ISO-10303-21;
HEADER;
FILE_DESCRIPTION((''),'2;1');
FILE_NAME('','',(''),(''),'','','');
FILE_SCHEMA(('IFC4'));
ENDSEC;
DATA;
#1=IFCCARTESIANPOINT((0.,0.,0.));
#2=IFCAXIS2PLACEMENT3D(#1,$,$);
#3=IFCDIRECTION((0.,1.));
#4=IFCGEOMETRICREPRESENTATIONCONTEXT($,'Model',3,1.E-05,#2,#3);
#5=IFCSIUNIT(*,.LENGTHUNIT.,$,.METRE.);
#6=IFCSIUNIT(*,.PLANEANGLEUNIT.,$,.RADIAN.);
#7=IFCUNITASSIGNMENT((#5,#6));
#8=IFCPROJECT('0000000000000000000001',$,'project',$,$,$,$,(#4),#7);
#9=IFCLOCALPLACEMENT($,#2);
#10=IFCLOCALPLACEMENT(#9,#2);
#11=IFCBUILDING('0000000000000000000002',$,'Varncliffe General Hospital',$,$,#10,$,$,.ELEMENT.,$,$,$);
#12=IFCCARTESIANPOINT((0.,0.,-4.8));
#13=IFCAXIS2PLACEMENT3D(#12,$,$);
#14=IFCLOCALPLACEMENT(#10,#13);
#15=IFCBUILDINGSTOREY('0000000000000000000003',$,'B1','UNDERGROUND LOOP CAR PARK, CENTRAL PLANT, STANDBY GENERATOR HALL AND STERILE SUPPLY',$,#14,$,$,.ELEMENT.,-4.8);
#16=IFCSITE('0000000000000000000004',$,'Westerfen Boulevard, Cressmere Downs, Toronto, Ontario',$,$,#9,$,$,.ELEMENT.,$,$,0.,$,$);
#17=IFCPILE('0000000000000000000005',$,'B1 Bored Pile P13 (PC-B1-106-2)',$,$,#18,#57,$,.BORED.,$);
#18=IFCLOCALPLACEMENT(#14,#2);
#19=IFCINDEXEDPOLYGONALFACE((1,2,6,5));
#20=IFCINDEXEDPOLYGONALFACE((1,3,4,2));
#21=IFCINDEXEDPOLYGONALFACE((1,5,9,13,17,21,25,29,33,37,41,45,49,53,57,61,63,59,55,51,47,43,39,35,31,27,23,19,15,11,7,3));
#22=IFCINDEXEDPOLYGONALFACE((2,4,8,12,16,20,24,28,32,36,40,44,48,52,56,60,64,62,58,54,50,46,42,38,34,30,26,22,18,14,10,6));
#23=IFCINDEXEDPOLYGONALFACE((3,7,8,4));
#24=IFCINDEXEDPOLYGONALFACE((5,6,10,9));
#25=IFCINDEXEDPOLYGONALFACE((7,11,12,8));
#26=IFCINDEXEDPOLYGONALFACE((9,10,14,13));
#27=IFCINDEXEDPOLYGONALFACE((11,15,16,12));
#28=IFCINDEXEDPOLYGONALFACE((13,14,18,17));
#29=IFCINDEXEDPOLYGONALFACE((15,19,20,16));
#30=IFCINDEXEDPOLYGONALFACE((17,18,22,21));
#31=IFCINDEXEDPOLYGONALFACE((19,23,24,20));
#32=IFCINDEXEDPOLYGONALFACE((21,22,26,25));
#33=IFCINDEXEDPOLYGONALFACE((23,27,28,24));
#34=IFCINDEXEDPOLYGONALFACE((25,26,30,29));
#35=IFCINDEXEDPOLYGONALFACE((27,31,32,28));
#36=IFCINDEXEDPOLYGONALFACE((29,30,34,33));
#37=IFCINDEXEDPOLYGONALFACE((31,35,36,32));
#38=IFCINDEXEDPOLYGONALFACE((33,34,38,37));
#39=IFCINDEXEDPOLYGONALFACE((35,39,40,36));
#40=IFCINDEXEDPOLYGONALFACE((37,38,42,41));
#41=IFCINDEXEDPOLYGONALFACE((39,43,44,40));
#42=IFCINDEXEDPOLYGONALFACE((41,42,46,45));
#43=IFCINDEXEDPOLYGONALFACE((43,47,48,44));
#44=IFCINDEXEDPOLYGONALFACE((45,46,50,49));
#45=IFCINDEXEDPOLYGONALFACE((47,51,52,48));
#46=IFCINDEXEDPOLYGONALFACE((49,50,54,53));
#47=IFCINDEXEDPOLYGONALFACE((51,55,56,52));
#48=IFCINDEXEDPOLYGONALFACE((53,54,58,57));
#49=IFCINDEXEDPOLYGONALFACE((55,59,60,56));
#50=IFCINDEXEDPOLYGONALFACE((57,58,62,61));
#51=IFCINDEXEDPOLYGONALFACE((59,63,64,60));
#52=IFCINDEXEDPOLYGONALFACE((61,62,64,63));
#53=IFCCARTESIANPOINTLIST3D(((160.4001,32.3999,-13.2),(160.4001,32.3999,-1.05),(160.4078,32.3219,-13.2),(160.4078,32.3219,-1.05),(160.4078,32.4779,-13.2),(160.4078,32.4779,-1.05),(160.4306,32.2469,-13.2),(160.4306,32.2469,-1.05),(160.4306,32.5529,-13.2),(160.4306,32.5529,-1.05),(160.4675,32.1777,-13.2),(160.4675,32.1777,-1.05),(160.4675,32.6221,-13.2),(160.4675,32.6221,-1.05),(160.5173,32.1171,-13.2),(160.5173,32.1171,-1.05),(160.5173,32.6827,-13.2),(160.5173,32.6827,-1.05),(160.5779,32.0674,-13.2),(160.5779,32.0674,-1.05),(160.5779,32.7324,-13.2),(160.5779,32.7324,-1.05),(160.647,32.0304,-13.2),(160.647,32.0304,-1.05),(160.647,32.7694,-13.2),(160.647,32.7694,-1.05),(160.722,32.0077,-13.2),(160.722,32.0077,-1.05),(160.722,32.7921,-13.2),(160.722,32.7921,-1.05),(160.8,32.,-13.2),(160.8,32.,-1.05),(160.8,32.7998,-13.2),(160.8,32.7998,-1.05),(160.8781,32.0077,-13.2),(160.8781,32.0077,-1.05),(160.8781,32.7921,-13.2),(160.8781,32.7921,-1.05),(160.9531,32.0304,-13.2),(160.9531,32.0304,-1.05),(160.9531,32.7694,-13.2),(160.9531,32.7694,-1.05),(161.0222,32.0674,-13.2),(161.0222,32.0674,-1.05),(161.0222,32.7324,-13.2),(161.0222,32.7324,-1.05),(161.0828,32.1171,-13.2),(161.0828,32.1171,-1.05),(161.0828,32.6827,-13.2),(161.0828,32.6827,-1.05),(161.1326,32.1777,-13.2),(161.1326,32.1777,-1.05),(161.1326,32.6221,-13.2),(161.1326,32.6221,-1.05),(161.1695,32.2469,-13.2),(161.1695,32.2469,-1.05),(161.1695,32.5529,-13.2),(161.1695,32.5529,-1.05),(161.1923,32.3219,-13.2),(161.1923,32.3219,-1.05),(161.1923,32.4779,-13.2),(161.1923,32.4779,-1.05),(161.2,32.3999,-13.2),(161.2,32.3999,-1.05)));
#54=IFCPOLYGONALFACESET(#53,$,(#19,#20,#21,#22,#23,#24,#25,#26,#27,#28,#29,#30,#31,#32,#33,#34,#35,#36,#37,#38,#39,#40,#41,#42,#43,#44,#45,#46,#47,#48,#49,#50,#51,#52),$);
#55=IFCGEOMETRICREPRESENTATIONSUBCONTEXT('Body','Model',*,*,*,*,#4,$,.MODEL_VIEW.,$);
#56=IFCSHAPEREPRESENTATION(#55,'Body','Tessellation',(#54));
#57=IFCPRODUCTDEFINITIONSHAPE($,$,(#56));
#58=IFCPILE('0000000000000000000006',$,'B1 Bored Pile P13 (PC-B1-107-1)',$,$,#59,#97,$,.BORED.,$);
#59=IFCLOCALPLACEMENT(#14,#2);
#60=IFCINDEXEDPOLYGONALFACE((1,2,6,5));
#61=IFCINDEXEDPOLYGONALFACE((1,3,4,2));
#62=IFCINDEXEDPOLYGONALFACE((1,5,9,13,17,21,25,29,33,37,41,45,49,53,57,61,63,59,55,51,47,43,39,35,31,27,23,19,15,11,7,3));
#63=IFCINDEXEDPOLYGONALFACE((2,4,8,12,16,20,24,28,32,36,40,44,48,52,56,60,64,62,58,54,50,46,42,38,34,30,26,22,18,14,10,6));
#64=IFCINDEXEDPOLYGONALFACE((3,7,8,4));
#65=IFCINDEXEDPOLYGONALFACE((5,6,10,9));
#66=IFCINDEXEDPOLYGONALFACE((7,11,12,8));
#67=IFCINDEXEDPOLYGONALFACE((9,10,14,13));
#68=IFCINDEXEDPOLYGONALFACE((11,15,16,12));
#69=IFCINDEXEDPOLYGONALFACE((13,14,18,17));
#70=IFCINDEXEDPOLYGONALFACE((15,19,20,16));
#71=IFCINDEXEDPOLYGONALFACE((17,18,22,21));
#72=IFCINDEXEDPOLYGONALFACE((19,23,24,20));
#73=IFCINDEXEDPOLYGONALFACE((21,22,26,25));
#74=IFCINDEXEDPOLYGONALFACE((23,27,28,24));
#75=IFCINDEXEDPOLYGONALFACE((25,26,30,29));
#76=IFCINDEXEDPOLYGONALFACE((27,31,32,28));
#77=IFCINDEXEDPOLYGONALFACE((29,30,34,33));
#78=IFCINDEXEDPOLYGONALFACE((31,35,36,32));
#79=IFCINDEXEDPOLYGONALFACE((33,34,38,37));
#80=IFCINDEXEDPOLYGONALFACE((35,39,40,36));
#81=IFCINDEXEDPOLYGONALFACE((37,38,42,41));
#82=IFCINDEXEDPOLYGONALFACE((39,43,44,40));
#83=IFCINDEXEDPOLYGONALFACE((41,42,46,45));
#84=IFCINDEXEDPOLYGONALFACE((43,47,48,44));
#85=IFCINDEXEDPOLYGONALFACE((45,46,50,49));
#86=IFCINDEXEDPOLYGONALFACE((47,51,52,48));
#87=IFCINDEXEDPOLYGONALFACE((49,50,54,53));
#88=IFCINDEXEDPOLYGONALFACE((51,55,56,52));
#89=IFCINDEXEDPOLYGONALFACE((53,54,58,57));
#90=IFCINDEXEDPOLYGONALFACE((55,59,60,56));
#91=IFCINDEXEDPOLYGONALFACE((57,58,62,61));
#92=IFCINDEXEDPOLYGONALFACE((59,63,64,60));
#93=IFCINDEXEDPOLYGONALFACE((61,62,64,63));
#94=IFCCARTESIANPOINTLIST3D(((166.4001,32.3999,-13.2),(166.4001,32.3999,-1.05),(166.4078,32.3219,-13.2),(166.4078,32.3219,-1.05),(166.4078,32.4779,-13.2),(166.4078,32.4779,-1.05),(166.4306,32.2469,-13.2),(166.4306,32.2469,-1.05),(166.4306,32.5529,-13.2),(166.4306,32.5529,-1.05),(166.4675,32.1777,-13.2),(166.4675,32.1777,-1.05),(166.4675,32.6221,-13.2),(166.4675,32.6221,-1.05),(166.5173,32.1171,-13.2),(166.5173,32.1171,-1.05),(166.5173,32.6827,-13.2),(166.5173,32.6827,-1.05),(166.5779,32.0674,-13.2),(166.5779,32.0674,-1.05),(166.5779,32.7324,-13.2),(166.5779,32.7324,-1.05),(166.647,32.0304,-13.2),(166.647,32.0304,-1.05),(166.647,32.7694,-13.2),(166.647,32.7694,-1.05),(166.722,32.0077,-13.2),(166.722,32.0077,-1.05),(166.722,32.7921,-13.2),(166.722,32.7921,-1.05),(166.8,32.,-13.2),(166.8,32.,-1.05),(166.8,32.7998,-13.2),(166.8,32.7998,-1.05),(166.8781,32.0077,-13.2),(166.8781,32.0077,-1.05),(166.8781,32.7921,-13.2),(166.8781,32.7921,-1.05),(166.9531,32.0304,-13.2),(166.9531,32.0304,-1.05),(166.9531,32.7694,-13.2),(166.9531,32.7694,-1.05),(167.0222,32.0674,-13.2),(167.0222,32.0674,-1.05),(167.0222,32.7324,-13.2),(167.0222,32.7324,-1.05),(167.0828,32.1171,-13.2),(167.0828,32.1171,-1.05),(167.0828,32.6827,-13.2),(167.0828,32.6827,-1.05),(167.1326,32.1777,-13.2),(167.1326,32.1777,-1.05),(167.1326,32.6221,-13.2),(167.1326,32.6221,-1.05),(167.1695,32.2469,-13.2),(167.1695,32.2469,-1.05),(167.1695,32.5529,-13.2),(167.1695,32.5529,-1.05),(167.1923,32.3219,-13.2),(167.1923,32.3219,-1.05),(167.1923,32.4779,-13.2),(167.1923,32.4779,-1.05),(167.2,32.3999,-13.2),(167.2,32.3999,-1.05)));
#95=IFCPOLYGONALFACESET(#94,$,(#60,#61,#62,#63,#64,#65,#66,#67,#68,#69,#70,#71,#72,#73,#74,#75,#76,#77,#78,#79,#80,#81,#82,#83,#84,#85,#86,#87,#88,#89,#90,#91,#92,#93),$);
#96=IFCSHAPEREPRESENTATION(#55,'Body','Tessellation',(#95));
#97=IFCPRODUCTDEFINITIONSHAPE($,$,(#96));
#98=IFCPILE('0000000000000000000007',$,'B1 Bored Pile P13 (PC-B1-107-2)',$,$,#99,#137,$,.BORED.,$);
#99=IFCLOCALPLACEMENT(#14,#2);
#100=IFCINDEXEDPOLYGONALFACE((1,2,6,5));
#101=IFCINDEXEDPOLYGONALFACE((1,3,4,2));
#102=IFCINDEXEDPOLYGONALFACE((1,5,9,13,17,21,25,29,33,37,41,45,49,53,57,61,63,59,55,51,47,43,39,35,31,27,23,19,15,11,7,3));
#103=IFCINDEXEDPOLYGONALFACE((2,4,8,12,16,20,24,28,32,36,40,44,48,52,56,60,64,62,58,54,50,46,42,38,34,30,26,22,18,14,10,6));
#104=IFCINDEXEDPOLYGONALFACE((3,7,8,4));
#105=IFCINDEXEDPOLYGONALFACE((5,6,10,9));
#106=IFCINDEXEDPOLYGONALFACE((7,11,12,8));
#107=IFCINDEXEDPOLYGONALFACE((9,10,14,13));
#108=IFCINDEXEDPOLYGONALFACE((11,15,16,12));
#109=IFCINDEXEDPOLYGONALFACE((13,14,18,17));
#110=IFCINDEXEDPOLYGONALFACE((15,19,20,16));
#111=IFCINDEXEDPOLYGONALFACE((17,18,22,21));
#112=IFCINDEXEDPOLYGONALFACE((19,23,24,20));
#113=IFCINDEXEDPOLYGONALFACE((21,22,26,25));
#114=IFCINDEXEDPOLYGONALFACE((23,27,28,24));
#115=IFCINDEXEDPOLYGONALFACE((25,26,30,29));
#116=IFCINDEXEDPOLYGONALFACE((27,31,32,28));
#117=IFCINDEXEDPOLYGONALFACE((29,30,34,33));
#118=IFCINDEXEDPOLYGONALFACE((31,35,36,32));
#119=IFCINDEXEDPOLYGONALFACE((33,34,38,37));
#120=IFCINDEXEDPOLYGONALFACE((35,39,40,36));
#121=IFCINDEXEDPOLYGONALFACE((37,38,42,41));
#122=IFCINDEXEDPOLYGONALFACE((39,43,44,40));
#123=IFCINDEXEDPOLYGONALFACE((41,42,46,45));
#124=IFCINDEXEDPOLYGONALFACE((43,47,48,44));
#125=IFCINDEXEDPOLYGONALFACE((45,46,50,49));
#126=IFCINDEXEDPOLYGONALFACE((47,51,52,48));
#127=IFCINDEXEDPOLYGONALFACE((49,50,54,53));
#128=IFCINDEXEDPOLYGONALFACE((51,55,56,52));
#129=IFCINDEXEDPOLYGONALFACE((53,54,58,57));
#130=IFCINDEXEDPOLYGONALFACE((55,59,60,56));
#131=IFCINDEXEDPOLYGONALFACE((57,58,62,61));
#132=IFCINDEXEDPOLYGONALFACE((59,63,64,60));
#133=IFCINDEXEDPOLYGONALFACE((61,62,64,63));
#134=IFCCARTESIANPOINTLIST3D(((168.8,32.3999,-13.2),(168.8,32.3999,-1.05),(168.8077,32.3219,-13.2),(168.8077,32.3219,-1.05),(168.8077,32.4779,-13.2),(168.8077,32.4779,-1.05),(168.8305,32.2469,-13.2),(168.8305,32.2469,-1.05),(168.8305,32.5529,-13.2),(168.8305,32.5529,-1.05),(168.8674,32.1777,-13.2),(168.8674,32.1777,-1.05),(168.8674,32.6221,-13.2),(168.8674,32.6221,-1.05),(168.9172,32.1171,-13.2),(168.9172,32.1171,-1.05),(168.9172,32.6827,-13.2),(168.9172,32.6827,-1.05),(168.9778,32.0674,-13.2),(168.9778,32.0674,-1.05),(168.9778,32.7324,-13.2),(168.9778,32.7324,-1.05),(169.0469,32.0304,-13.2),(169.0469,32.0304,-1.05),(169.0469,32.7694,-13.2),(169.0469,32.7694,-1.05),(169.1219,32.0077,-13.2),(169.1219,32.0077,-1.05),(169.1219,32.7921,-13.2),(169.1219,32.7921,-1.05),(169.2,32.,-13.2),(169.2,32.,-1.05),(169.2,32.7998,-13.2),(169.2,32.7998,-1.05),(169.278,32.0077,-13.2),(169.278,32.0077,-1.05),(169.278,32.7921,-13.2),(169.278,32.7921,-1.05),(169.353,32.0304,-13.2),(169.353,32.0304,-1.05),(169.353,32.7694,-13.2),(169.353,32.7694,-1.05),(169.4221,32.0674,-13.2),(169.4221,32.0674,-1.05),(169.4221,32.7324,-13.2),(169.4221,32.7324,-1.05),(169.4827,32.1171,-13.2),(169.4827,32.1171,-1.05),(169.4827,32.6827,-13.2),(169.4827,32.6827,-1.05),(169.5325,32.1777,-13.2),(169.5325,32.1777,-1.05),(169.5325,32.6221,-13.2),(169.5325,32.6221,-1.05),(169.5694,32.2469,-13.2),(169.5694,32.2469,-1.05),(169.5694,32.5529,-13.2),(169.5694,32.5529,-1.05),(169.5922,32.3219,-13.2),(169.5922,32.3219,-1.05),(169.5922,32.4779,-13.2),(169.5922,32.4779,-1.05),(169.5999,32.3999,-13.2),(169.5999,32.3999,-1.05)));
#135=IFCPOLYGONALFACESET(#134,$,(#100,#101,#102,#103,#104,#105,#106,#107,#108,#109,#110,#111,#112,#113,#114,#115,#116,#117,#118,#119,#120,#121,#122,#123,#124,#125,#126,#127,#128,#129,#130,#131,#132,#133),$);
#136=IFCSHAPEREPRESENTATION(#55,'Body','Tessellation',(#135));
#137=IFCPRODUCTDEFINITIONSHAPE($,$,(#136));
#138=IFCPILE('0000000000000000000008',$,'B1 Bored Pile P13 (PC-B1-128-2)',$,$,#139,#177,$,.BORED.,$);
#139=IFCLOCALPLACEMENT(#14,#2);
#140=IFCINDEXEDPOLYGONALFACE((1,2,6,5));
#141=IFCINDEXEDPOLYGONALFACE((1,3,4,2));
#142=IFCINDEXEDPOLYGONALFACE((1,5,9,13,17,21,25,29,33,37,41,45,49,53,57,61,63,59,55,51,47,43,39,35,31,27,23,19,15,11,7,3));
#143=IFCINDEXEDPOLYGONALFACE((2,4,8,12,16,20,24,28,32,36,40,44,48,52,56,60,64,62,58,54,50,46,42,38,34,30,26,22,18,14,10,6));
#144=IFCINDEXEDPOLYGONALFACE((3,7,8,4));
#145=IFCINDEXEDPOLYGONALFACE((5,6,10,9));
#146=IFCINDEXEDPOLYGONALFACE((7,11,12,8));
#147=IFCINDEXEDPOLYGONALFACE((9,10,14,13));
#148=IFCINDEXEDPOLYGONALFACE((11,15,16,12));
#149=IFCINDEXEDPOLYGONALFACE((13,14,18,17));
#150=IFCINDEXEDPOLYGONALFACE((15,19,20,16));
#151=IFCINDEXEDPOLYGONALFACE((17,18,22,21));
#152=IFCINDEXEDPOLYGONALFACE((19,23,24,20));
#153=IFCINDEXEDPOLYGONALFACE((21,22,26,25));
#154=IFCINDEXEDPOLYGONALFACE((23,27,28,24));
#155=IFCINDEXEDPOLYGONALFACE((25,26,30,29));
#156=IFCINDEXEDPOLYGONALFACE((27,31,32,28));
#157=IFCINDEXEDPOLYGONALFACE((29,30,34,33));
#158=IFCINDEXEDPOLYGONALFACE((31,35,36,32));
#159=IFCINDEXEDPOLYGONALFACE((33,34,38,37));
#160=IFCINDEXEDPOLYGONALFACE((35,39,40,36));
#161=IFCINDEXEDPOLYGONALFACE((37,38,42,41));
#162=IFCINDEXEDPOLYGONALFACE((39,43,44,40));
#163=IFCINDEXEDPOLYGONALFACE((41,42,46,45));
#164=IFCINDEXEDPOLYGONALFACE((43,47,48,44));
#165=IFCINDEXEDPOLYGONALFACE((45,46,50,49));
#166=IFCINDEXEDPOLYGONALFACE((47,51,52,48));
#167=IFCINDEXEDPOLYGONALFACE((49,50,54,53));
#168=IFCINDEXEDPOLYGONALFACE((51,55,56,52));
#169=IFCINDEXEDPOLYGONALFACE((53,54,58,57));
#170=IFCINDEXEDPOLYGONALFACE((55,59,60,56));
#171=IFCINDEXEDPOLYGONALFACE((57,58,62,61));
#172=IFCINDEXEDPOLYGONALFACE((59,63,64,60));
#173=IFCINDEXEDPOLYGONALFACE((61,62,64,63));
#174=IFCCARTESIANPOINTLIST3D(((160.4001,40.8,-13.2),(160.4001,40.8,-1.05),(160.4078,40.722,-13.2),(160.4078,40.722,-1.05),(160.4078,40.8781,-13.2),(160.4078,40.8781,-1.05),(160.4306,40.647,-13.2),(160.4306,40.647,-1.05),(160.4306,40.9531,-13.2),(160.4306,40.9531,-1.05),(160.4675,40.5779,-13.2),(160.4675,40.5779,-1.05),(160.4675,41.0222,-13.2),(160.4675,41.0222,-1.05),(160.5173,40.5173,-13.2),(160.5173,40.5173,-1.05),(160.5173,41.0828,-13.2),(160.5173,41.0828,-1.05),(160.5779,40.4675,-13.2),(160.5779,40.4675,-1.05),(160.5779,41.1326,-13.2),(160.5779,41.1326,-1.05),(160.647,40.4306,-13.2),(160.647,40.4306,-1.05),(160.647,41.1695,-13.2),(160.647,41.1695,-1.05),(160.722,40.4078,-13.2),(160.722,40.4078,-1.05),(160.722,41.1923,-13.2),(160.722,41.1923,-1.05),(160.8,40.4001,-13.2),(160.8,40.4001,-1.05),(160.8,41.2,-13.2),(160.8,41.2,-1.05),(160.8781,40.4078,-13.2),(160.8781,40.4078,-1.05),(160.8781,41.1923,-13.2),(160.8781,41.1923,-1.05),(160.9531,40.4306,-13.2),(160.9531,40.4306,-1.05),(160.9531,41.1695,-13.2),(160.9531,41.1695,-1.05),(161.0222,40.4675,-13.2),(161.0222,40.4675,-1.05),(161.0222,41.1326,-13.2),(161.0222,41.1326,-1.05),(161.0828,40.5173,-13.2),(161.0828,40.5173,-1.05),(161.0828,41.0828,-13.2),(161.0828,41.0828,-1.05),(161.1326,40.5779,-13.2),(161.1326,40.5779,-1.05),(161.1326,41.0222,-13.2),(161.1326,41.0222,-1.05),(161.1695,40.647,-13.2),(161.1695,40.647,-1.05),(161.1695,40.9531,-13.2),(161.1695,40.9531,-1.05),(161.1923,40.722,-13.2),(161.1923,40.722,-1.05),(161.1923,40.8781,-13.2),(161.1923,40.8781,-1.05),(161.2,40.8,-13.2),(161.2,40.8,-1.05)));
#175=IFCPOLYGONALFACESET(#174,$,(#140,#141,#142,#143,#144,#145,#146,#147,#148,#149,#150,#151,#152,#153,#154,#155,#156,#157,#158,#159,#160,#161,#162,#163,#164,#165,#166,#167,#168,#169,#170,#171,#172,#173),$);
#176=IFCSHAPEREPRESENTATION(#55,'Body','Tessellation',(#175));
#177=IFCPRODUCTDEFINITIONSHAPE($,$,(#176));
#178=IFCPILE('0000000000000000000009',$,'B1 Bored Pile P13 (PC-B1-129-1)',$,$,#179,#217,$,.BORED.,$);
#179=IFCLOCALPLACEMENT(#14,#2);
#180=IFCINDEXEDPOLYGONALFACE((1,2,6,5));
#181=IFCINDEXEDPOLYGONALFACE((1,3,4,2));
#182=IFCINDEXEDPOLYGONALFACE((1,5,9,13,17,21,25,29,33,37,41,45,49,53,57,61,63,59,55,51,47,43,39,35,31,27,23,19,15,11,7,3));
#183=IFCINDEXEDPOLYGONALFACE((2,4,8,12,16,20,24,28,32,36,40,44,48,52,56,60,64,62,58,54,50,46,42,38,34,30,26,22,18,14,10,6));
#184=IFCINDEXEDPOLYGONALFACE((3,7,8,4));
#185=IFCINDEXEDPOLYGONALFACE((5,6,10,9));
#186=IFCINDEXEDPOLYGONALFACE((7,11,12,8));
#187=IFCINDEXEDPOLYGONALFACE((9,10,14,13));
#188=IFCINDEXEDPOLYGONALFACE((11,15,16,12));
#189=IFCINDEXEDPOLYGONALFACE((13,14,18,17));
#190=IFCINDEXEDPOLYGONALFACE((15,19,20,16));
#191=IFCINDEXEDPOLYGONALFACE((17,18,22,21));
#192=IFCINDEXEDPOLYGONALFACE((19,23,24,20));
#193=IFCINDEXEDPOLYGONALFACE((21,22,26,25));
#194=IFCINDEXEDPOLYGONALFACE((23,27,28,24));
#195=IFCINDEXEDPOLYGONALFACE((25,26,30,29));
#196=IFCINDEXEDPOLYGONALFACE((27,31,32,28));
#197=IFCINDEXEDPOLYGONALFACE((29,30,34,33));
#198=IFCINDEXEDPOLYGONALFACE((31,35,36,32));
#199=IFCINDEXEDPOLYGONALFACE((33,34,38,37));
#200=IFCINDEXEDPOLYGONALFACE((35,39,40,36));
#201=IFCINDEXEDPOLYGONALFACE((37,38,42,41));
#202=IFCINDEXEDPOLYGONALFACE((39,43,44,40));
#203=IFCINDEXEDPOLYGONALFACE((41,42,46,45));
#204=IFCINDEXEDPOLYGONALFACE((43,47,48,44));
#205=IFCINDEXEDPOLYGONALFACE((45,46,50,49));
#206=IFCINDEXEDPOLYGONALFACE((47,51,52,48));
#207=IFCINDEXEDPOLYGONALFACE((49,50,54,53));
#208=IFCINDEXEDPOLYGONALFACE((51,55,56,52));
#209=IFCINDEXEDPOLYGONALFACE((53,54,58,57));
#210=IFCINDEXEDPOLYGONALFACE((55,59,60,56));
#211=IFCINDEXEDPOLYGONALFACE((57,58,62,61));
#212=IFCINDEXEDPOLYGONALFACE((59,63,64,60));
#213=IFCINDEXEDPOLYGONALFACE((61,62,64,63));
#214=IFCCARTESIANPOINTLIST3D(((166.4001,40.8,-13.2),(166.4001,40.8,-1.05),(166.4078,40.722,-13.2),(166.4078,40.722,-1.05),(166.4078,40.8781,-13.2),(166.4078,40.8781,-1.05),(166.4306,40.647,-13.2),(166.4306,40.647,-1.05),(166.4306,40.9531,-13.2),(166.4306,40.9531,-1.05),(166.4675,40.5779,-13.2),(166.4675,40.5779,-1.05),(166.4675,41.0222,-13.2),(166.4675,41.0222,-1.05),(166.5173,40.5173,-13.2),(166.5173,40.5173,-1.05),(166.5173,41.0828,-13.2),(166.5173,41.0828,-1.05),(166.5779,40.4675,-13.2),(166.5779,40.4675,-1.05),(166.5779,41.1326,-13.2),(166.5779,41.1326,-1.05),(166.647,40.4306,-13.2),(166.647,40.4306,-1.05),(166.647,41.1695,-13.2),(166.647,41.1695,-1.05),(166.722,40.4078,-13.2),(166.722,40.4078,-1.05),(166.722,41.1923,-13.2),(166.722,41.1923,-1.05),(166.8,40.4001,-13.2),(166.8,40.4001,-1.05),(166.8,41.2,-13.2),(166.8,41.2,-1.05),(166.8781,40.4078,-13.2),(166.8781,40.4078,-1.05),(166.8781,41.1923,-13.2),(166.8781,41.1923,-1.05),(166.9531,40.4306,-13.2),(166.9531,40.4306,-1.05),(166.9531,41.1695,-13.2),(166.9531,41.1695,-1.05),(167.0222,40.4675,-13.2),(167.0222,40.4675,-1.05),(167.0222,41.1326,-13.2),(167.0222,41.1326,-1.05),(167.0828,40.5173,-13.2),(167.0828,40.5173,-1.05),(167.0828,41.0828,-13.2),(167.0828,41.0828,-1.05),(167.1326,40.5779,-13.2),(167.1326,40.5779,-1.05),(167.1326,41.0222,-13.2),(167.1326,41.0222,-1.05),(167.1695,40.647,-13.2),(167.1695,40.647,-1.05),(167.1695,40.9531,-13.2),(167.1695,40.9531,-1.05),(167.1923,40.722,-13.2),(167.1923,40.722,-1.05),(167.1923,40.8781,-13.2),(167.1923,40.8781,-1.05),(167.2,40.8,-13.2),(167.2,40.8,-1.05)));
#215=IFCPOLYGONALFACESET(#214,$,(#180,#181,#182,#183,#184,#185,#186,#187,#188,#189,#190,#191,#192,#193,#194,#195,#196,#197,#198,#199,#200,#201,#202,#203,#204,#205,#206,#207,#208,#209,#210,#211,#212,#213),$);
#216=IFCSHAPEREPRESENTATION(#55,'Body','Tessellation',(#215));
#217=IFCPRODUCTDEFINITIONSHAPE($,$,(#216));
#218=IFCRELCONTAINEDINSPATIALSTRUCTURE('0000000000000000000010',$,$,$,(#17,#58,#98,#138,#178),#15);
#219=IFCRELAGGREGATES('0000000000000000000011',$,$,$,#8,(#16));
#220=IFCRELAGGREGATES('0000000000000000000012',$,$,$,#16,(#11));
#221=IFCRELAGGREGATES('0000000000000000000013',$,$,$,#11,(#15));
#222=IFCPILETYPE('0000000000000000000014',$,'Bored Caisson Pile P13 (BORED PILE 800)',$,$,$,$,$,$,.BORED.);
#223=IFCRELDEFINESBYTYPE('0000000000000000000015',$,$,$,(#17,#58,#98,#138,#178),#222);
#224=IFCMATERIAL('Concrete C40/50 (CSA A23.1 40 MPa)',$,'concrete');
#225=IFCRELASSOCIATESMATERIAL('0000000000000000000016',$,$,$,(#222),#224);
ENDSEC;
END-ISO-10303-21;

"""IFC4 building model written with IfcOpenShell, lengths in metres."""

from ifc_helpers import new_model, si_unit, direction, frame, origin, origin_2d, place, context, subcontext, project, spatial, circle, extrude, material, material_profile, profile_set, type_object, element, save


model = new_model("IFC4")

# Units and contexts
model_context = context("Model", 3, precision=1e-05, world=origin(), true_north=direction((0.0, 1.0)))
body_context = subcontext(model_context, "Body", "Model", "MODEL_VIEW")
ifc_project = project(units=[si_unit("LENGTHUNIT", "METRE"), si_unit("PLANEANGLEUNIT", "RADIAN")], contexts=[model_context])

# Site, building, storey
site_placement = place(None, origin())
site = spatial("IfcSite", under=ifc_project, at=site_placement, Name="Westerfen Boulevard, Cressmere Downs, Toronto, Ontario", CompositionType="ELEMENT", RefElevation=0.0)
building_placement = place(site_placement, origin())
building = spatial("IfcBuilding", under=site, at=building_placement, Name="Varncliffe General Hospital", CompositionType="ELEMENT")
storey_placement = place(building_placement, frame((0.0, 0.0, -4.8)))
storey = spatial("IfcBuildingStorey", under=building, at=storey_placement, Name="B1", Description="UNDERGROUND LOOP CAR PARK, CENTRAL PLANT, STANDBY GENERATOR HALL AND STERILE SUPPLY", CompositionType="ELEMENT", Elevation=-4.8)

# Piles
ifc_material_1 = material(Name="Concrete C40/50 (CSA A23.1 40 MPa)", Category="concrete")
ifc_material_profile_1 = material_profile(ifc_material_1, circle(Radius=0.3999, at=origin_2d()), Name="BORED PILE 800")
ifc_profile_set_1 = profile_set([ifc_material_profile_1], Name="Concrete C40/50 (CSA A23.1 40 MPa)")
pile_type = type_object("IfcPileType", Name="Bored Caisson Pile P13 (BORED PILE 800)", PredefinedType="BORED", material=ifc_profile_set_1)
for number, where, z_axis, x_axis, name in (
    (1, (160.8, 32.3999, -1.05), (0.0, 0.0, -1.0), (1.0, 0.0, 0.0), "B1 Bored Pile P13 (PC-B1-106-2)"),
    (2, (166.8, 32.3999, -1.05), (0.0, 0.0, -1.0), (1.0, 0.0, 0.0), "B1 Bored Pile P13 (PC-B1-107-1)"),
    (3, (169.2, 32.3999, -1.05), (0.0, 0.0, -1.0), (1.0, 0.0, 0.0), "B1 Bored Pile P13 (PC-B1-107-2)"),
    (4, (160.8, 40.8, -1.05), (0.0, 0.0, -1.0), (1.0, 0.0, 0.0), "B1 Bored Pile P13 (PC-B1-128-2)"),
    (5, (166.8, 40.8, -1.05), (0.0, 0.0, -1.0), (1.0, 0.0, 0.0), "B1 Bored Pile P13 (PC-B1-129-1)"),
):
    element("IfcPile", number, at=place(storey_placement, frame(where, z_axis=z_axis, x_axis=x_axis)), inside=storey, type_object=pile_type, Name=name, PredefinedType="BORED", context=body_context, shape_type="SweptSolid", body=[
        extrude(circle(Radius=0.3999, at=origin_2d()), origin(), (0.0, 0.0, 1.0), 12.1499),
    ])

save(model, "model.ifc")
